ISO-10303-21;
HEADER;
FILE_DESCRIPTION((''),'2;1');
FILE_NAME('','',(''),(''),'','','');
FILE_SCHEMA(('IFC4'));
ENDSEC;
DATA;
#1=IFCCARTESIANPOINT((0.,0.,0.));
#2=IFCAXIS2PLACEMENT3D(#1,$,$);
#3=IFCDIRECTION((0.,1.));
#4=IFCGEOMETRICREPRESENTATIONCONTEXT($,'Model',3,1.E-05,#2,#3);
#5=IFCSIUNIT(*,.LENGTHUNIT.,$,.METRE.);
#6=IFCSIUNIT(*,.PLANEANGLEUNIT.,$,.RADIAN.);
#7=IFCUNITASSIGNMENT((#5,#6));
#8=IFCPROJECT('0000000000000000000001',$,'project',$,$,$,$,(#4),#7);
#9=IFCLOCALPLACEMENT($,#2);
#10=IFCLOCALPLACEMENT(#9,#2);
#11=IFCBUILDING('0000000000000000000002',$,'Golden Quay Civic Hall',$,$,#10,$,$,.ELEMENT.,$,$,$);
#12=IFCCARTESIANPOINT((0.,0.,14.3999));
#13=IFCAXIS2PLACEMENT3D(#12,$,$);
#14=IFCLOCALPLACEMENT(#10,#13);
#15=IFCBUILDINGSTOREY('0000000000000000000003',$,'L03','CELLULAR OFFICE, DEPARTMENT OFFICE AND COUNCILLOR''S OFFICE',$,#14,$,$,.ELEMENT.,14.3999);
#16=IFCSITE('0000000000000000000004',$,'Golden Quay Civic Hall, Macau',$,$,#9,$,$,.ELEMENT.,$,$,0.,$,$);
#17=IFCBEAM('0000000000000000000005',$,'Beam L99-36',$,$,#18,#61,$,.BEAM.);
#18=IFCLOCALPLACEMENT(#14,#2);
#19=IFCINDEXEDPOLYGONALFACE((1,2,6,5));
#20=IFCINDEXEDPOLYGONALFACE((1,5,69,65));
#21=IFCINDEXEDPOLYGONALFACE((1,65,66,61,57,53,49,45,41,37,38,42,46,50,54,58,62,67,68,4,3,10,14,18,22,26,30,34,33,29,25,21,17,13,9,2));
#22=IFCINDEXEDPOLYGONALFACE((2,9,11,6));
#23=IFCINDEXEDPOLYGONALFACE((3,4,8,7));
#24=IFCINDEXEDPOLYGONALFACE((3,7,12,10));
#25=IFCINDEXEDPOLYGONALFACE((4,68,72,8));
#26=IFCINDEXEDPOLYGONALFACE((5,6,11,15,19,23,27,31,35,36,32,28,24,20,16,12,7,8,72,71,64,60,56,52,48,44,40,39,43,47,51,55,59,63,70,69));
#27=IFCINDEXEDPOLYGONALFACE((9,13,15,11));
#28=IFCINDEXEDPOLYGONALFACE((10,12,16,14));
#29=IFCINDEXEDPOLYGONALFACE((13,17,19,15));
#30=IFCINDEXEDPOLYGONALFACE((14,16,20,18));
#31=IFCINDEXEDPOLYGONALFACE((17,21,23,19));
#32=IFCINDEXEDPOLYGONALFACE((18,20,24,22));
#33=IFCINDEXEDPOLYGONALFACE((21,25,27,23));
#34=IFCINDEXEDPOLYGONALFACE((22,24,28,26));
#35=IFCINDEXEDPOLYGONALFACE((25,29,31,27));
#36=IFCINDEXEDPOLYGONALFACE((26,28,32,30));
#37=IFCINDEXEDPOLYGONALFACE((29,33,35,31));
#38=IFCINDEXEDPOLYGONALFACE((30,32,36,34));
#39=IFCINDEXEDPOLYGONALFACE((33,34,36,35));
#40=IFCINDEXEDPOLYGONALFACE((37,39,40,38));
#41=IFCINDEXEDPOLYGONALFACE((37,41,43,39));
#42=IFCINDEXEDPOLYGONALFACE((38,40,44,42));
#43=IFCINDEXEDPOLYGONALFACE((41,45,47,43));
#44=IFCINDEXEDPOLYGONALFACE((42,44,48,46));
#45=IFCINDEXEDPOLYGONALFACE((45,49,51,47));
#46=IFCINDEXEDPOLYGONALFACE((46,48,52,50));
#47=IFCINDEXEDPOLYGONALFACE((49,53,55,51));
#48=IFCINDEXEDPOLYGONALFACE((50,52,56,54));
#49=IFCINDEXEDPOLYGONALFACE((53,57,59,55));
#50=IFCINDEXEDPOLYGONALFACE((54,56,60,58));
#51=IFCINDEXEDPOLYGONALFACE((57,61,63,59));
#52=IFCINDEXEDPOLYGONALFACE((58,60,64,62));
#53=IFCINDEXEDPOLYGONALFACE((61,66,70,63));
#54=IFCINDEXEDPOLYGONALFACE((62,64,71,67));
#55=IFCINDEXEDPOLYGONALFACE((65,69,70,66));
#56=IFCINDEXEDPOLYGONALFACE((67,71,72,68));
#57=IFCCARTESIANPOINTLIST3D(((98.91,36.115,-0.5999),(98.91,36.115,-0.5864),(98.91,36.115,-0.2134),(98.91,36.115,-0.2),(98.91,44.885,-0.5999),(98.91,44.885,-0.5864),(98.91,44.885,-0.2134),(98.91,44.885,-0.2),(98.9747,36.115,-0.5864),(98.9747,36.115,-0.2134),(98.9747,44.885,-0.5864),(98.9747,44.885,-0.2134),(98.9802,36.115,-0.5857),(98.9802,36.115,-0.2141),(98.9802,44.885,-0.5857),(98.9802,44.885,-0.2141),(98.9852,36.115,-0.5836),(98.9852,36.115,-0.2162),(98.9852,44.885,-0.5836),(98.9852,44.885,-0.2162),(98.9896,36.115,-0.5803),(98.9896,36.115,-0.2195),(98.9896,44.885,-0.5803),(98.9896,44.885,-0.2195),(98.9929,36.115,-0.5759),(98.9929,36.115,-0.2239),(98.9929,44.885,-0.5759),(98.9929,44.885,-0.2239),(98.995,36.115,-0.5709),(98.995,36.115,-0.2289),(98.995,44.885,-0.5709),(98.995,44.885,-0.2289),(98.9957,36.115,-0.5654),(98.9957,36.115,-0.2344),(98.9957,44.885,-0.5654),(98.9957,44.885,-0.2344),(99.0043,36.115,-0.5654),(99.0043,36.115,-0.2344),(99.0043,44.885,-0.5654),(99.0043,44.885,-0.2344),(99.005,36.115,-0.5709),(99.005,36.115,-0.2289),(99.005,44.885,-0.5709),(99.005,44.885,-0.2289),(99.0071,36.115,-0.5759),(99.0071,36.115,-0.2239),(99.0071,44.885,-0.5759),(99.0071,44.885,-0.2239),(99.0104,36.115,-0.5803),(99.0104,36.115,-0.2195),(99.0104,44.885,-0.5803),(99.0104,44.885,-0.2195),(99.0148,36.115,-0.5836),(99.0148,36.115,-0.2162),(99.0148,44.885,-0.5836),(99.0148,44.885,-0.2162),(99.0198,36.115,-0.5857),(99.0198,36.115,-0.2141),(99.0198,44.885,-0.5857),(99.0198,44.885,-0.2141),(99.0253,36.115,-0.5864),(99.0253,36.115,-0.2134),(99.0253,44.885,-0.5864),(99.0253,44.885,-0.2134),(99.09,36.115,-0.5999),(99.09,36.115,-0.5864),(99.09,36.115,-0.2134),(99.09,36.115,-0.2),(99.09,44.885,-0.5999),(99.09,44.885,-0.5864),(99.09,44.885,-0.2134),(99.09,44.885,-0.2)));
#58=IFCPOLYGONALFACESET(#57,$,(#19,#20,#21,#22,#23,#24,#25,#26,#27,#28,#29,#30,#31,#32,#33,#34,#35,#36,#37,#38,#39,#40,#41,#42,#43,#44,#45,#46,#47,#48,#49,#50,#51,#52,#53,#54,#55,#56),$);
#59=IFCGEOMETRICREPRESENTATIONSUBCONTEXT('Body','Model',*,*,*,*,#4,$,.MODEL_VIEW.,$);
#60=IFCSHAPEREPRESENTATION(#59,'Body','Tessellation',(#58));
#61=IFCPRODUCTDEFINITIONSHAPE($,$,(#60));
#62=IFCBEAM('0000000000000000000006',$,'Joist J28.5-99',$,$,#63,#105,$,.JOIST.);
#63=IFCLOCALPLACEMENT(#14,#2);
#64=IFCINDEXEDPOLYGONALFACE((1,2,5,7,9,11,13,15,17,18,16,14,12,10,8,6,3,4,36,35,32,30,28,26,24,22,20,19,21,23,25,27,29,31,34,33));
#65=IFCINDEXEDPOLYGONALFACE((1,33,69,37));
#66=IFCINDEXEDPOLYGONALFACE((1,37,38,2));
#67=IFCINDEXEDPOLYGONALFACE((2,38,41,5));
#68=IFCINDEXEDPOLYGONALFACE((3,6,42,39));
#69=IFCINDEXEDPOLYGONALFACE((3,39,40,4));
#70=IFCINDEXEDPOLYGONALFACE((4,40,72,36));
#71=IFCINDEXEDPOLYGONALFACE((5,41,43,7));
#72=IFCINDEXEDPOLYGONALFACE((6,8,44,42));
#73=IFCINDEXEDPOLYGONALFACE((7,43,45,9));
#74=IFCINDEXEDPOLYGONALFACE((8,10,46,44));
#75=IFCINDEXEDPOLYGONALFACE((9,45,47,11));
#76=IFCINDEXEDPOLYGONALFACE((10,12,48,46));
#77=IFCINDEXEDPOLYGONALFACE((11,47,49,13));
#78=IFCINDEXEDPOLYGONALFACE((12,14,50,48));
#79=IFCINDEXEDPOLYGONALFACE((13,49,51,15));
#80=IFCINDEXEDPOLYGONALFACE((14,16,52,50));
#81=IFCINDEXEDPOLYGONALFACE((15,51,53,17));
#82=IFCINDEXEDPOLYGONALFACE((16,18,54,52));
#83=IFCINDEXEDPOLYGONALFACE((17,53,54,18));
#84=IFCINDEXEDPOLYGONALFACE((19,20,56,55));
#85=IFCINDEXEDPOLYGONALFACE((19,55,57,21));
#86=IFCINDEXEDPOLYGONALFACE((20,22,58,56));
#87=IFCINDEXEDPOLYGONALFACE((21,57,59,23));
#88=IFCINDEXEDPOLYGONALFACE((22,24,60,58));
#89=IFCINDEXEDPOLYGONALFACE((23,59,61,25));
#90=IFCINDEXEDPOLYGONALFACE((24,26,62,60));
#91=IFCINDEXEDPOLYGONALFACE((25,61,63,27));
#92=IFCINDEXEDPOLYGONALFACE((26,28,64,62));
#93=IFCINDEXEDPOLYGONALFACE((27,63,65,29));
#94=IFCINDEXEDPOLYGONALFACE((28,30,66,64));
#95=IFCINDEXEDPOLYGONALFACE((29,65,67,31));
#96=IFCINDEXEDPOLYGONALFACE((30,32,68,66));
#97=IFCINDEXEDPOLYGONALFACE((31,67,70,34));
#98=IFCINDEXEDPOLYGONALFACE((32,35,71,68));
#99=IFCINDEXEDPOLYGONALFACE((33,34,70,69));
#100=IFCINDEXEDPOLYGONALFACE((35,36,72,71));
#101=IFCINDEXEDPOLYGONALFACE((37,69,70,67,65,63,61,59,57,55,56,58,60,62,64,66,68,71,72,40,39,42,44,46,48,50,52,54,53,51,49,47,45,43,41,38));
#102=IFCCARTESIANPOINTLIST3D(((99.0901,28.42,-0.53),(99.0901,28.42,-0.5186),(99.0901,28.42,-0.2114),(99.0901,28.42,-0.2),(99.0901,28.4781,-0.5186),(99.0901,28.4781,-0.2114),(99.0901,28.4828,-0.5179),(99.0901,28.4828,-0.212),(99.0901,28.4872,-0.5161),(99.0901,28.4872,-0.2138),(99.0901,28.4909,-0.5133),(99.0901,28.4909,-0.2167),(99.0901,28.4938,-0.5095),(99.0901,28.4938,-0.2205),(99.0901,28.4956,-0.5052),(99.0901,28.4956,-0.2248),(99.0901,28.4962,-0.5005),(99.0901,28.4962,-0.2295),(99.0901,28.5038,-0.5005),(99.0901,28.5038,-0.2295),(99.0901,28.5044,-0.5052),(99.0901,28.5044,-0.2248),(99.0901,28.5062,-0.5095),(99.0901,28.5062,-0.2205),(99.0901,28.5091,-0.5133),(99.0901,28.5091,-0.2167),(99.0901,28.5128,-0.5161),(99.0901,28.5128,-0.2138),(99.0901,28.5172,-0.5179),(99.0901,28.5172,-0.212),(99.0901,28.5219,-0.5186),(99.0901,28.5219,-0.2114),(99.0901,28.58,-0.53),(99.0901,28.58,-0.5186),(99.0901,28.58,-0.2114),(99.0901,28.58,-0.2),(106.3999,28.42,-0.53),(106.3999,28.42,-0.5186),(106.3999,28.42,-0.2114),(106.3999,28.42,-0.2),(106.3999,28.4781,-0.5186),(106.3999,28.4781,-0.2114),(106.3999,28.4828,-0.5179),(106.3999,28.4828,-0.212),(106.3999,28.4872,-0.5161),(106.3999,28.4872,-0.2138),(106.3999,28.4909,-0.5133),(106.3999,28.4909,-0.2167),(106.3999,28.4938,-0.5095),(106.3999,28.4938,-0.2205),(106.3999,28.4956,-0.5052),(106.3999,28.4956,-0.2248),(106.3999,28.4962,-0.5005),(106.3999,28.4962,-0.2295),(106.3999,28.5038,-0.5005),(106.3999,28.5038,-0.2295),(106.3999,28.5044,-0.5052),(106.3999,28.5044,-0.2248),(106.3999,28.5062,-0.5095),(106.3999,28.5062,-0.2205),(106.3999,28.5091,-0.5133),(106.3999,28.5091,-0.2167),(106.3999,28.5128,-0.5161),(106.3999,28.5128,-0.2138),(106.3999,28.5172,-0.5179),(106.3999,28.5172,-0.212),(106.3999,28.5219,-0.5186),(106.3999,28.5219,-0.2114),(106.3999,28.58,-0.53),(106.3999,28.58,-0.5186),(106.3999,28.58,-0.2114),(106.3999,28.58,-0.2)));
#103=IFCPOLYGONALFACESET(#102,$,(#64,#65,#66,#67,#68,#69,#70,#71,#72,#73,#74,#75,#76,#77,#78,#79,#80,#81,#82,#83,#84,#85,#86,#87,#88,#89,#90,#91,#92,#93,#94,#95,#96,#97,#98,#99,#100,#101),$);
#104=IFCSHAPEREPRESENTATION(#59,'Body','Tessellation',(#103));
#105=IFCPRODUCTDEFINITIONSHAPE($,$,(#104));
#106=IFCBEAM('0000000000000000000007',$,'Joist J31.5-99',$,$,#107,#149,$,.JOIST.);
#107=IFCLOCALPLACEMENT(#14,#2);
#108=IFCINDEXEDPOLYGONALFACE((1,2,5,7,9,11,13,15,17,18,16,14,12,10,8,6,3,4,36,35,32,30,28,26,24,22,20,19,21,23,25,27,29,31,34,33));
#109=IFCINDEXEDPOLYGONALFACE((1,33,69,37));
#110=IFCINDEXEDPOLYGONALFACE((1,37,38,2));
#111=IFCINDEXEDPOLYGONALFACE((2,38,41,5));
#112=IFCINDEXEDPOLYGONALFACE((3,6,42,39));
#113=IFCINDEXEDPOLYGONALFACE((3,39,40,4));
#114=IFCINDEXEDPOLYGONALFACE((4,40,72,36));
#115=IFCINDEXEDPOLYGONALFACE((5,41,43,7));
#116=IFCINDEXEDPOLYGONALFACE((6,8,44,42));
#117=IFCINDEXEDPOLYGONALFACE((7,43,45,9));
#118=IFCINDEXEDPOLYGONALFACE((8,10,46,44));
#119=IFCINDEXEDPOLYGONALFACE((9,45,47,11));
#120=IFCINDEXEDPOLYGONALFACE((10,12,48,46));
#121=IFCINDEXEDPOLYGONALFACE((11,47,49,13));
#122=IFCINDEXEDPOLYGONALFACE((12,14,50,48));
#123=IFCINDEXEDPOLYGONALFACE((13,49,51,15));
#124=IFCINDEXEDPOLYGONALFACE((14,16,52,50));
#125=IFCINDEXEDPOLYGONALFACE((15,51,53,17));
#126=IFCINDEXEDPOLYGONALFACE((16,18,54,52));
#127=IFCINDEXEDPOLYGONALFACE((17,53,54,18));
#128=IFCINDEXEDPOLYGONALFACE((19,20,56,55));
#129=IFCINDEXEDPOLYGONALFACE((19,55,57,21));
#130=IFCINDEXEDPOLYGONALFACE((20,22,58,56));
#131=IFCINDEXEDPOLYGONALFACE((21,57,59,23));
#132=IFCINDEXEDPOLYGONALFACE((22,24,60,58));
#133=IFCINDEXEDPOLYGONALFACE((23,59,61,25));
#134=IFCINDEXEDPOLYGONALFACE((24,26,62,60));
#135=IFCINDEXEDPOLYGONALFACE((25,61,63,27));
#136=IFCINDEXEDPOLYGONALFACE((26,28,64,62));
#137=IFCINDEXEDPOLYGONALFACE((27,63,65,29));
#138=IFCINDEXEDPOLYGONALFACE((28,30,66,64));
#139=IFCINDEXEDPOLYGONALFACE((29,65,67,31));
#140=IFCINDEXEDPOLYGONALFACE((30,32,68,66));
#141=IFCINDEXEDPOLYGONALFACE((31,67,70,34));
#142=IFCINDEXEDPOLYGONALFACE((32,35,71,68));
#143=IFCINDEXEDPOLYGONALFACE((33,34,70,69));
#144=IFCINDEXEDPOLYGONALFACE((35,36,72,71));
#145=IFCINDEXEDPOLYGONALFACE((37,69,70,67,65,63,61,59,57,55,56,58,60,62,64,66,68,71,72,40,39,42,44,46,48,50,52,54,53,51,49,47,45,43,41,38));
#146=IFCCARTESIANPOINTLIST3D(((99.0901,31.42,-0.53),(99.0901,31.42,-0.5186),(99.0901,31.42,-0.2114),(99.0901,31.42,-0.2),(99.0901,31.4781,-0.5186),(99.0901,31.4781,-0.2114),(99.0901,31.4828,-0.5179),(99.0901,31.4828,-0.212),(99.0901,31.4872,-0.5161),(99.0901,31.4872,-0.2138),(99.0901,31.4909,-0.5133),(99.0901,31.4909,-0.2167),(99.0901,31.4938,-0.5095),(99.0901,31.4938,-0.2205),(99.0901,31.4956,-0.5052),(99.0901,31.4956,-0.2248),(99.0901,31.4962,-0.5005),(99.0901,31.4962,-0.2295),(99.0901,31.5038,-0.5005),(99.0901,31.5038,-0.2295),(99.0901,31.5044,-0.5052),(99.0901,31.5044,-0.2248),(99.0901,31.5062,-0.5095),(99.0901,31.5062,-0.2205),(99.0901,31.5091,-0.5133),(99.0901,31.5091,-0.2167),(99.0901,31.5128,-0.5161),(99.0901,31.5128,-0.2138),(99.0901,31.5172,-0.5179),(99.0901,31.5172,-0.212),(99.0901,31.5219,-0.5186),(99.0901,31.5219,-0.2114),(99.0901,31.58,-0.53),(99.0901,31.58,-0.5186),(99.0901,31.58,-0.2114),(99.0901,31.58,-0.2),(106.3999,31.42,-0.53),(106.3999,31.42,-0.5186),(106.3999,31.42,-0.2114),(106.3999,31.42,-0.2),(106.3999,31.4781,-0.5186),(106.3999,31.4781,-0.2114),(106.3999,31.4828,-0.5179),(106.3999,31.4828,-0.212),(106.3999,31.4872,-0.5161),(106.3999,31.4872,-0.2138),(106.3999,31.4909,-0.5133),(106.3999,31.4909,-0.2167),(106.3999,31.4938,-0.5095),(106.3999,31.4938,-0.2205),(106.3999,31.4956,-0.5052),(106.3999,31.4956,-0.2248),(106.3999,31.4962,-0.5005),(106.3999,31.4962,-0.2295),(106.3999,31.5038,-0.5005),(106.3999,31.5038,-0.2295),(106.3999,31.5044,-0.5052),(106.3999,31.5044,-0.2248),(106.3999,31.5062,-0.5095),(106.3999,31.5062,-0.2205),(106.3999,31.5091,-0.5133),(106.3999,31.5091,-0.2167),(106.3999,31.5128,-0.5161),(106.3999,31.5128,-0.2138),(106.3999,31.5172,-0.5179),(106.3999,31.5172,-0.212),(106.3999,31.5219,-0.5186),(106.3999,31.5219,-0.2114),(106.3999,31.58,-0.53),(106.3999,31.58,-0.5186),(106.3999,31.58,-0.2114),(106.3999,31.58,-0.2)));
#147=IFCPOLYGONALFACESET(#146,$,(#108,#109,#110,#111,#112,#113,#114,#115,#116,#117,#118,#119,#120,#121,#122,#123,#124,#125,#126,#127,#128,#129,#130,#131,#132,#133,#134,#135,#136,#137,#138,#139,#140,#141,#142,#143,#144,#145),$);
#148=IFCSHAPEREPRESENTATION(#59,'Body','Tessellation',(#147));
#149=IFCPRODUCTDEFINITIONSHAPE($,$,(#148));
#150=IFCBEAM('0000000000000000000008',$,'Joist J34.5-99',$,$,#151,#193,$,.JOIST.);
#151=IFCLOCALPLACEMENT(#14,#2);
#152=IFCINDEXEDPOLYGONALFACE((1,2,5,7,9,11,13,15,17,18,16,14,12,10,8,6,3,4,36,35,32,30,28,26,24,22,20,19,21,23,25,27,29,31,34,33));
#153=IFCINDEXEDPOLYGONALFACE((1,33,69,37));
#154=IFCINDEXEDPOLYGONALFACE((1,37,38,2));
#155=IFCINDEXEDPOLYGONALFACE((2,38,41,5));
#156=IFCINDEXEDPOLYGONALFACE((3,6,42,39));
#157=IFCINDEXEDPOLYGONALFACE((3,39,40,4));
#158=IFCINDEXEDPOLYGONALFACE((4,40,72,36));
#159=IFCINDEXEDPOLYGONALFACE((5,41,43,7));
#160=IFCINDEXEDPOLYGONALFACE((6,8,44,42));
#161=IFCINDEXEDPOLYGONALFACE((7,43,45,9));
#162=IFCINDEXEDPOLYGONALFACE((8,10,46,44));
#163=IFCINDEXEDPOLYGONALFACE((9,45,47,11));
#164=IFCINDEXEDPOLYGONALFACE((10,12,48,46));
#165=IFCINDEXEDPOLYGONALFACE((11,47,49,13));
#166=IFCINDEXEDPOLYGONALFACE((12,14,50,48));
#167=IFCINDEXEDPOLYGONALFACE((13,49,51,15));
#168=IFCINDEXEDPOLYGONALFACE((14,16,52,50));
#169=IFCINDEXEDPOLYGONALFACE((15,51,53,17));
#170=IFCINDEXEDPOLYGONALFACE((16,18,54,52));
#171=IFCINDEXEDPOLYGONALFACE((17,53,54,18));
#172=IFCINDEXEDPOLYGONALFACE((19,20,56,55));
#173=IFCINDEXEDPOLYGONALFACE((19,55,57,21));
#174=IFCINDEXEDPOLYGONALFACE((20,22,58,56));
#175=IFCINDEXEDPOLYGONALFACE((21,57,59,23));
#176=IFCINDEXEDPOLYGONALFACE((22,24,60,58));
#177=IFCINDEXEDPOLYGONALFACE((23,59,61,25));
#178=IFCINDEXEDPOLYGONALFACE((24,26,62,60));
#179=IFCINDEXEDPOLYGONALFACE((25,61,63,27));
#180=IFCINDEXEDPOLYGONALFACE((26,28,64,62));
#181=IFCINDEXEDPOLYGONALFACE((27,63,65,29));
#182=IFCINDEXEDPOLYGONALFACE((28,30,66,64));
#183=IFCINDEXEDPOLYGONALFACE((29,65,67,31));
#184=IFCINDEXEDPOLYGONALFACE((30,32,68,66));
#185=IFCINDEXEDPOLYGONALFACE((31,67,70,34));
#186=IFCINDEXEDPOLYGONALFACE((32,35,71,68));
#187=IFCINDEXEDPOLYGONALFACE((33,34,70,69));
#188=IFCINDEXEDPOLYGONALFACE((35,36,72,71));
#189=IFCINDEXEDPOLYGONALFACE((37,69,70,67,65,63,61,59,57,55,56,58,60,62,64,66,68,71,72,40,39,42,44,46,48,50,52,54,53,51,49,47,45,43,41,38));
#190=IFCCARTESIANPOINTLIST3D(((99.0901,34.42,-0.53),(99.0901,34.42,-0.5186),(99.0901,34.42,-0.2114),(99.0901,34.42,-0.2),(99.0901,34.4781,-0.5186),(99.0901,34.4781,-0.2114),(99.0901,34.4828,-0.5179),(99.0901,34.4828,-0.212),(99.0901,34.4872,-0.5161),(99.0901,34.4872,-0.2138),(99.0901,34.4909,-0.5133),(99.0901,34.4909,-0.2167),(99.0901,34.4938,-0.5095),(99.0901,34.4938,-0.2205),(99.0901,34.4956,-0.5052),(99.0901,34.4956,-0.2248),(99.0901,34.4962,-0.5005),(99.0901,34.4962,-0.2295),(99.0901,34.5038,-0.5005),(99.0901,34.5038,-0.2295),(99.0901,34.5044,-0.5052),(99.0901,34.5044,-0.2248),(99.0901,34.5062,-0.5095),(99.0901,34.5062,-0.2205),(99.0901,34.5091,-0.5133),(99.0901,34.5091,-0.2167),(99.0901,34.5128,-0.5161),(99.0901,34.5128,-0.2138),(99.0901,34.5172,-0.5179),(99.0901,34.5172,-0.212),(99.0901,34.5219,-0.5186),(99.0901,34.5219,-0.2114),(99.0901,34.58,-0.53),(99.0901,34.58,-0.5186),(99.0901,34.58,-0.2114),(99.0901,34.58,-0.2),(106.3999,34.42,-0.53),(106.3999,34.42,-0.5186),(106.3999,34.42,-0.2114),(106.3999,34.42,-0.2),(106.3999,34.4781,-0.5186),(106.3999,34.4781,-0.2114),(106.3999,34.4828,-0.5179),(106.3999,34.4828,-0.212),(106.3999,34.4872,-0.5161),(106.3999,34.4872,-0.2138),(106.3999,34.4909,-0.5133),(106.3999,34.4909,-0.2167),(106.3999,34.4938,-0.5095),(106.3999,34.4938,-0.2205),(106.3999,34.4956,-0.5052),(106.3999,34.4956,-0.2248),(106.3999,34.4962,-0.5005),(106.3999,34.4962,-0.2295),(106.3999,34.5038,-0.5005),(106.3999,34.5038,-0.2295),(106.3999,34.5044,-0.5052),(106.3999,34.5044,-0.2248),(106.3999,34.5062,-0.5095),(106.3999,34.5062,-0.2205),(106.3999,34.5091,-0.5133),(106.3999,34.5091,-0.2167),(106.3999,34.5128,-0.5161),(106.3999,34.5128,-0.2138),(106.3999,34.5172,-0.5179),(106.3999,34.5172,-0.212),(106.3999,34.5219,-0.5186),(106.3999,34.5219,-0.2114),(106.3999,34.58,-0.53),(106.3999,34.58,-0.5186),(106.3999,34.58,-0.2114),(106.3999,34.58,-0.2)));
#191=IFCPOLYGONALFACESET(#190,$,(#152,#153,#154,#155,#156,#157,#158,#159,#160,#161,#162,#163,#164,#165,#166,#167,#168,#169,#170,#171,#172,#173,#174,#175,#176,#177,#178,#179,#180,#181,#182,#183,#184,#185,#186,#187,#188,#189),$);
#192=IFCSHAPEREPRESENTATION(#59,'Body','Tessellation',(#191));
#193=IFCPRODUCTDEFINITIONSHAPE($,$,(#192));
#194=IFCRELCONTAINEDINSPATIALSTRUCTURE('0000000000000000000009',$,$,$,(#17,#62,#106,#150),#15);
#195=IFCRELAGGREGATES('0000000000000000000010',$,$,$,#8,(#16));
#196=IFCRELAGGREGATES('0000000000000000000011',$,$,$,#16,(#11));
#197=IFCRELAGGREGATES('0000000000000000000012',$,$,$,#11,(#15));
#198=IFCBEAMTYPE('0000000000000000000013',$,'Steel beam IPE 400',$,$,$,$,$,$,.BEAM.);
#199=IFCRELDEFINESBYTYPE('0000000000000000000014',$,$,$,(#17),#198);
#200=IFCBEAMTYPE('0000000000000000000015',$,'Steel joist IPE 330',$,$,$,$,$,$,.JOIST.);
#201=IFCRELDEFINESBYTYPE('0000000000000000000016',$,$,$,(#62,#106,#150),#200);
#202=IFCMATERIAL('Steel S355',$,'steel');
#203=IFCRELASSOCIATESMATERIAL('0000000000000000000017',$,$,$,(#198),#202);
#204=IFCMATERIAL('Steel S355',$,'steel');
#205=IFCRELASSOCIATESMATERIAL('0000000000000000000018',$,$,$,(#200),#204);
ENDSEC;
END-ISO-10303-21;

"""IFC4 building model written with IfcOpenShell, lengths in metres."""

from ifc_helpers import new_model, si_unit, direction, frame, origin, origin_2d, place, context, subcontext, project, spatial, i_section, extrude, material, material_profile, profile_set, type_object, element, save


model = new_model("IFC4")

# Units and contexts
model_context = context("Model", 3, precision=1e-05, world=origin(), true_north=direction((0.0, 1.0)))
body_context = subcontext(model_context, "Body", "Model", "MODEL_VIEW")
ifc_project = project(units=[si_unit("LENGTHUNIT", "METRE"), si_unit("PLANEANGLEUNIT", "RADIAN")], contexts=[model_context])

# Site, building, storey
site_placement = place(None, origin())
site = spatial("IfcSite", under=ifc_project, at=site_placement, Name="Golden Quay Civic Hall, Macau", CompositionType="ELEMENT", RefElevation=0.0)
building_placement = place(site_placement, origin())
building = spatial("IfcBuilding", under=site, at=building_placement, Name="Golden Quay Civic Hall", CompositionType="ELEMENT")
storey_placement = place(building_placement, frame((0.0, 0.0, 14.3999)))
storey = spatial("IfcBuildingStorey", under=building, at=storey_placement, Name="L03", Description="CELLULAR OFFICE, DEPARTMENT OFFICE AND COUNCILLOR'S OFFICE", CompositionType="ELEMENT", Elevation=14.3999)

# Beams
ifc_material_1 = material(Name="Steel S355", Category="steel")
ifc_material_profile_1 = material_profile(ifc_material_1, i_section(OverallWidth=0.1799, OverallDepth=0.3999, WebThickness=0.0085, FlangeThickness=0.0134, FilletRadius=0.021, at=origin_2d()), Name="IPE 400")
ifc_profile_set_1 = profile_set([ifc_material_profile_1], Name="Steel S355")
beam_type_1 = type_object("IfcBeamType", Name="Steel beam IPE 400", PredefinedType="BEAM", material=ifc_profile_set_1)
for number, where, z_axis, x_axis, name in (
    (1, (99.0, 36.115, -0.3999), (0.0, 1.0, 0.0), (-1.0, 0.0, 0.0), "Beam L99-36"),
):
    element("IfcBeam", number, at=place(storey_placement, frame(where, z_axis=z_axis, x_axis=x_axis)), inside=storey, type_object=beam_type_1, Name=name, PredefinedType="BEAM", context=body_context, shape_type="SweptSolid", body=[
        extrude(i_section(OverallWidth=0.1799, OverallDepth=0.3999, WebThickness=0.0085, FlangeThickness=0.0134, FilletRadius=0.021, at=origin_2d()), origin(), (0.0, 0.0, 1.0), 8.77),
    ])
ifc_material_2 = material(Name="Steel S355", Category="steel")
ifc_material_profile_2 = material_profile(ifc_material_2, i_section(OverallWidth=0.1599, OverallDepth=0.3301, WebThickness=0.0076, FlangeThickness=0.0115, FilletRadius=0.0181, at=origin_2d()), Name="IPE 330")
ifc_profile_set_2 = profile_set([ifc_material_profile_2], Name="Steel S355")
beam_type_2 = type_object("IfcBeamType", Name="Steel joist IPE 330", PredefinedType="JOIST", material=ifc_profile_set_2)
for number, where, z_axis, x_axis, name in (
    (2, (99.0901, 28.5, -0.365), (1.0, 0.0, 0.0), (0.0, 1.0, 0.0), "Joist J28.5-99"),
    (3, (99.0901, 31.5, -0.365), (1.0, 0.0, 0.0), (0.0, 1.0, 0.0), "Joist J31.5-99"),
    (4, (99.0901, 34.5, -0.365), (1.0, 0.0, 0.0), (0.0, 1.0, 0.0), "Joist J34.5-99"),
):
    element("IfcBeam", number, at=place(storey_placement, frame(where, z_axis=z_axis, x_axis=x_axis)), inside=storey, type_object=beam_type_2, Name=name, PredefinedType="JOIST", context=body_context, shape_type="SweptSolid", body=[
        extrude(i_section(OverallWidth=0.1599, OverallDepth=0.3301, WebThickness=0.0076, FlangeThickness=0.0115, FilletRadius=0.0181, at=origin_2d()), origin(), (0.0, 0.0, 1.0), 7.3098),
    ])

save(model, "model.ifc")
